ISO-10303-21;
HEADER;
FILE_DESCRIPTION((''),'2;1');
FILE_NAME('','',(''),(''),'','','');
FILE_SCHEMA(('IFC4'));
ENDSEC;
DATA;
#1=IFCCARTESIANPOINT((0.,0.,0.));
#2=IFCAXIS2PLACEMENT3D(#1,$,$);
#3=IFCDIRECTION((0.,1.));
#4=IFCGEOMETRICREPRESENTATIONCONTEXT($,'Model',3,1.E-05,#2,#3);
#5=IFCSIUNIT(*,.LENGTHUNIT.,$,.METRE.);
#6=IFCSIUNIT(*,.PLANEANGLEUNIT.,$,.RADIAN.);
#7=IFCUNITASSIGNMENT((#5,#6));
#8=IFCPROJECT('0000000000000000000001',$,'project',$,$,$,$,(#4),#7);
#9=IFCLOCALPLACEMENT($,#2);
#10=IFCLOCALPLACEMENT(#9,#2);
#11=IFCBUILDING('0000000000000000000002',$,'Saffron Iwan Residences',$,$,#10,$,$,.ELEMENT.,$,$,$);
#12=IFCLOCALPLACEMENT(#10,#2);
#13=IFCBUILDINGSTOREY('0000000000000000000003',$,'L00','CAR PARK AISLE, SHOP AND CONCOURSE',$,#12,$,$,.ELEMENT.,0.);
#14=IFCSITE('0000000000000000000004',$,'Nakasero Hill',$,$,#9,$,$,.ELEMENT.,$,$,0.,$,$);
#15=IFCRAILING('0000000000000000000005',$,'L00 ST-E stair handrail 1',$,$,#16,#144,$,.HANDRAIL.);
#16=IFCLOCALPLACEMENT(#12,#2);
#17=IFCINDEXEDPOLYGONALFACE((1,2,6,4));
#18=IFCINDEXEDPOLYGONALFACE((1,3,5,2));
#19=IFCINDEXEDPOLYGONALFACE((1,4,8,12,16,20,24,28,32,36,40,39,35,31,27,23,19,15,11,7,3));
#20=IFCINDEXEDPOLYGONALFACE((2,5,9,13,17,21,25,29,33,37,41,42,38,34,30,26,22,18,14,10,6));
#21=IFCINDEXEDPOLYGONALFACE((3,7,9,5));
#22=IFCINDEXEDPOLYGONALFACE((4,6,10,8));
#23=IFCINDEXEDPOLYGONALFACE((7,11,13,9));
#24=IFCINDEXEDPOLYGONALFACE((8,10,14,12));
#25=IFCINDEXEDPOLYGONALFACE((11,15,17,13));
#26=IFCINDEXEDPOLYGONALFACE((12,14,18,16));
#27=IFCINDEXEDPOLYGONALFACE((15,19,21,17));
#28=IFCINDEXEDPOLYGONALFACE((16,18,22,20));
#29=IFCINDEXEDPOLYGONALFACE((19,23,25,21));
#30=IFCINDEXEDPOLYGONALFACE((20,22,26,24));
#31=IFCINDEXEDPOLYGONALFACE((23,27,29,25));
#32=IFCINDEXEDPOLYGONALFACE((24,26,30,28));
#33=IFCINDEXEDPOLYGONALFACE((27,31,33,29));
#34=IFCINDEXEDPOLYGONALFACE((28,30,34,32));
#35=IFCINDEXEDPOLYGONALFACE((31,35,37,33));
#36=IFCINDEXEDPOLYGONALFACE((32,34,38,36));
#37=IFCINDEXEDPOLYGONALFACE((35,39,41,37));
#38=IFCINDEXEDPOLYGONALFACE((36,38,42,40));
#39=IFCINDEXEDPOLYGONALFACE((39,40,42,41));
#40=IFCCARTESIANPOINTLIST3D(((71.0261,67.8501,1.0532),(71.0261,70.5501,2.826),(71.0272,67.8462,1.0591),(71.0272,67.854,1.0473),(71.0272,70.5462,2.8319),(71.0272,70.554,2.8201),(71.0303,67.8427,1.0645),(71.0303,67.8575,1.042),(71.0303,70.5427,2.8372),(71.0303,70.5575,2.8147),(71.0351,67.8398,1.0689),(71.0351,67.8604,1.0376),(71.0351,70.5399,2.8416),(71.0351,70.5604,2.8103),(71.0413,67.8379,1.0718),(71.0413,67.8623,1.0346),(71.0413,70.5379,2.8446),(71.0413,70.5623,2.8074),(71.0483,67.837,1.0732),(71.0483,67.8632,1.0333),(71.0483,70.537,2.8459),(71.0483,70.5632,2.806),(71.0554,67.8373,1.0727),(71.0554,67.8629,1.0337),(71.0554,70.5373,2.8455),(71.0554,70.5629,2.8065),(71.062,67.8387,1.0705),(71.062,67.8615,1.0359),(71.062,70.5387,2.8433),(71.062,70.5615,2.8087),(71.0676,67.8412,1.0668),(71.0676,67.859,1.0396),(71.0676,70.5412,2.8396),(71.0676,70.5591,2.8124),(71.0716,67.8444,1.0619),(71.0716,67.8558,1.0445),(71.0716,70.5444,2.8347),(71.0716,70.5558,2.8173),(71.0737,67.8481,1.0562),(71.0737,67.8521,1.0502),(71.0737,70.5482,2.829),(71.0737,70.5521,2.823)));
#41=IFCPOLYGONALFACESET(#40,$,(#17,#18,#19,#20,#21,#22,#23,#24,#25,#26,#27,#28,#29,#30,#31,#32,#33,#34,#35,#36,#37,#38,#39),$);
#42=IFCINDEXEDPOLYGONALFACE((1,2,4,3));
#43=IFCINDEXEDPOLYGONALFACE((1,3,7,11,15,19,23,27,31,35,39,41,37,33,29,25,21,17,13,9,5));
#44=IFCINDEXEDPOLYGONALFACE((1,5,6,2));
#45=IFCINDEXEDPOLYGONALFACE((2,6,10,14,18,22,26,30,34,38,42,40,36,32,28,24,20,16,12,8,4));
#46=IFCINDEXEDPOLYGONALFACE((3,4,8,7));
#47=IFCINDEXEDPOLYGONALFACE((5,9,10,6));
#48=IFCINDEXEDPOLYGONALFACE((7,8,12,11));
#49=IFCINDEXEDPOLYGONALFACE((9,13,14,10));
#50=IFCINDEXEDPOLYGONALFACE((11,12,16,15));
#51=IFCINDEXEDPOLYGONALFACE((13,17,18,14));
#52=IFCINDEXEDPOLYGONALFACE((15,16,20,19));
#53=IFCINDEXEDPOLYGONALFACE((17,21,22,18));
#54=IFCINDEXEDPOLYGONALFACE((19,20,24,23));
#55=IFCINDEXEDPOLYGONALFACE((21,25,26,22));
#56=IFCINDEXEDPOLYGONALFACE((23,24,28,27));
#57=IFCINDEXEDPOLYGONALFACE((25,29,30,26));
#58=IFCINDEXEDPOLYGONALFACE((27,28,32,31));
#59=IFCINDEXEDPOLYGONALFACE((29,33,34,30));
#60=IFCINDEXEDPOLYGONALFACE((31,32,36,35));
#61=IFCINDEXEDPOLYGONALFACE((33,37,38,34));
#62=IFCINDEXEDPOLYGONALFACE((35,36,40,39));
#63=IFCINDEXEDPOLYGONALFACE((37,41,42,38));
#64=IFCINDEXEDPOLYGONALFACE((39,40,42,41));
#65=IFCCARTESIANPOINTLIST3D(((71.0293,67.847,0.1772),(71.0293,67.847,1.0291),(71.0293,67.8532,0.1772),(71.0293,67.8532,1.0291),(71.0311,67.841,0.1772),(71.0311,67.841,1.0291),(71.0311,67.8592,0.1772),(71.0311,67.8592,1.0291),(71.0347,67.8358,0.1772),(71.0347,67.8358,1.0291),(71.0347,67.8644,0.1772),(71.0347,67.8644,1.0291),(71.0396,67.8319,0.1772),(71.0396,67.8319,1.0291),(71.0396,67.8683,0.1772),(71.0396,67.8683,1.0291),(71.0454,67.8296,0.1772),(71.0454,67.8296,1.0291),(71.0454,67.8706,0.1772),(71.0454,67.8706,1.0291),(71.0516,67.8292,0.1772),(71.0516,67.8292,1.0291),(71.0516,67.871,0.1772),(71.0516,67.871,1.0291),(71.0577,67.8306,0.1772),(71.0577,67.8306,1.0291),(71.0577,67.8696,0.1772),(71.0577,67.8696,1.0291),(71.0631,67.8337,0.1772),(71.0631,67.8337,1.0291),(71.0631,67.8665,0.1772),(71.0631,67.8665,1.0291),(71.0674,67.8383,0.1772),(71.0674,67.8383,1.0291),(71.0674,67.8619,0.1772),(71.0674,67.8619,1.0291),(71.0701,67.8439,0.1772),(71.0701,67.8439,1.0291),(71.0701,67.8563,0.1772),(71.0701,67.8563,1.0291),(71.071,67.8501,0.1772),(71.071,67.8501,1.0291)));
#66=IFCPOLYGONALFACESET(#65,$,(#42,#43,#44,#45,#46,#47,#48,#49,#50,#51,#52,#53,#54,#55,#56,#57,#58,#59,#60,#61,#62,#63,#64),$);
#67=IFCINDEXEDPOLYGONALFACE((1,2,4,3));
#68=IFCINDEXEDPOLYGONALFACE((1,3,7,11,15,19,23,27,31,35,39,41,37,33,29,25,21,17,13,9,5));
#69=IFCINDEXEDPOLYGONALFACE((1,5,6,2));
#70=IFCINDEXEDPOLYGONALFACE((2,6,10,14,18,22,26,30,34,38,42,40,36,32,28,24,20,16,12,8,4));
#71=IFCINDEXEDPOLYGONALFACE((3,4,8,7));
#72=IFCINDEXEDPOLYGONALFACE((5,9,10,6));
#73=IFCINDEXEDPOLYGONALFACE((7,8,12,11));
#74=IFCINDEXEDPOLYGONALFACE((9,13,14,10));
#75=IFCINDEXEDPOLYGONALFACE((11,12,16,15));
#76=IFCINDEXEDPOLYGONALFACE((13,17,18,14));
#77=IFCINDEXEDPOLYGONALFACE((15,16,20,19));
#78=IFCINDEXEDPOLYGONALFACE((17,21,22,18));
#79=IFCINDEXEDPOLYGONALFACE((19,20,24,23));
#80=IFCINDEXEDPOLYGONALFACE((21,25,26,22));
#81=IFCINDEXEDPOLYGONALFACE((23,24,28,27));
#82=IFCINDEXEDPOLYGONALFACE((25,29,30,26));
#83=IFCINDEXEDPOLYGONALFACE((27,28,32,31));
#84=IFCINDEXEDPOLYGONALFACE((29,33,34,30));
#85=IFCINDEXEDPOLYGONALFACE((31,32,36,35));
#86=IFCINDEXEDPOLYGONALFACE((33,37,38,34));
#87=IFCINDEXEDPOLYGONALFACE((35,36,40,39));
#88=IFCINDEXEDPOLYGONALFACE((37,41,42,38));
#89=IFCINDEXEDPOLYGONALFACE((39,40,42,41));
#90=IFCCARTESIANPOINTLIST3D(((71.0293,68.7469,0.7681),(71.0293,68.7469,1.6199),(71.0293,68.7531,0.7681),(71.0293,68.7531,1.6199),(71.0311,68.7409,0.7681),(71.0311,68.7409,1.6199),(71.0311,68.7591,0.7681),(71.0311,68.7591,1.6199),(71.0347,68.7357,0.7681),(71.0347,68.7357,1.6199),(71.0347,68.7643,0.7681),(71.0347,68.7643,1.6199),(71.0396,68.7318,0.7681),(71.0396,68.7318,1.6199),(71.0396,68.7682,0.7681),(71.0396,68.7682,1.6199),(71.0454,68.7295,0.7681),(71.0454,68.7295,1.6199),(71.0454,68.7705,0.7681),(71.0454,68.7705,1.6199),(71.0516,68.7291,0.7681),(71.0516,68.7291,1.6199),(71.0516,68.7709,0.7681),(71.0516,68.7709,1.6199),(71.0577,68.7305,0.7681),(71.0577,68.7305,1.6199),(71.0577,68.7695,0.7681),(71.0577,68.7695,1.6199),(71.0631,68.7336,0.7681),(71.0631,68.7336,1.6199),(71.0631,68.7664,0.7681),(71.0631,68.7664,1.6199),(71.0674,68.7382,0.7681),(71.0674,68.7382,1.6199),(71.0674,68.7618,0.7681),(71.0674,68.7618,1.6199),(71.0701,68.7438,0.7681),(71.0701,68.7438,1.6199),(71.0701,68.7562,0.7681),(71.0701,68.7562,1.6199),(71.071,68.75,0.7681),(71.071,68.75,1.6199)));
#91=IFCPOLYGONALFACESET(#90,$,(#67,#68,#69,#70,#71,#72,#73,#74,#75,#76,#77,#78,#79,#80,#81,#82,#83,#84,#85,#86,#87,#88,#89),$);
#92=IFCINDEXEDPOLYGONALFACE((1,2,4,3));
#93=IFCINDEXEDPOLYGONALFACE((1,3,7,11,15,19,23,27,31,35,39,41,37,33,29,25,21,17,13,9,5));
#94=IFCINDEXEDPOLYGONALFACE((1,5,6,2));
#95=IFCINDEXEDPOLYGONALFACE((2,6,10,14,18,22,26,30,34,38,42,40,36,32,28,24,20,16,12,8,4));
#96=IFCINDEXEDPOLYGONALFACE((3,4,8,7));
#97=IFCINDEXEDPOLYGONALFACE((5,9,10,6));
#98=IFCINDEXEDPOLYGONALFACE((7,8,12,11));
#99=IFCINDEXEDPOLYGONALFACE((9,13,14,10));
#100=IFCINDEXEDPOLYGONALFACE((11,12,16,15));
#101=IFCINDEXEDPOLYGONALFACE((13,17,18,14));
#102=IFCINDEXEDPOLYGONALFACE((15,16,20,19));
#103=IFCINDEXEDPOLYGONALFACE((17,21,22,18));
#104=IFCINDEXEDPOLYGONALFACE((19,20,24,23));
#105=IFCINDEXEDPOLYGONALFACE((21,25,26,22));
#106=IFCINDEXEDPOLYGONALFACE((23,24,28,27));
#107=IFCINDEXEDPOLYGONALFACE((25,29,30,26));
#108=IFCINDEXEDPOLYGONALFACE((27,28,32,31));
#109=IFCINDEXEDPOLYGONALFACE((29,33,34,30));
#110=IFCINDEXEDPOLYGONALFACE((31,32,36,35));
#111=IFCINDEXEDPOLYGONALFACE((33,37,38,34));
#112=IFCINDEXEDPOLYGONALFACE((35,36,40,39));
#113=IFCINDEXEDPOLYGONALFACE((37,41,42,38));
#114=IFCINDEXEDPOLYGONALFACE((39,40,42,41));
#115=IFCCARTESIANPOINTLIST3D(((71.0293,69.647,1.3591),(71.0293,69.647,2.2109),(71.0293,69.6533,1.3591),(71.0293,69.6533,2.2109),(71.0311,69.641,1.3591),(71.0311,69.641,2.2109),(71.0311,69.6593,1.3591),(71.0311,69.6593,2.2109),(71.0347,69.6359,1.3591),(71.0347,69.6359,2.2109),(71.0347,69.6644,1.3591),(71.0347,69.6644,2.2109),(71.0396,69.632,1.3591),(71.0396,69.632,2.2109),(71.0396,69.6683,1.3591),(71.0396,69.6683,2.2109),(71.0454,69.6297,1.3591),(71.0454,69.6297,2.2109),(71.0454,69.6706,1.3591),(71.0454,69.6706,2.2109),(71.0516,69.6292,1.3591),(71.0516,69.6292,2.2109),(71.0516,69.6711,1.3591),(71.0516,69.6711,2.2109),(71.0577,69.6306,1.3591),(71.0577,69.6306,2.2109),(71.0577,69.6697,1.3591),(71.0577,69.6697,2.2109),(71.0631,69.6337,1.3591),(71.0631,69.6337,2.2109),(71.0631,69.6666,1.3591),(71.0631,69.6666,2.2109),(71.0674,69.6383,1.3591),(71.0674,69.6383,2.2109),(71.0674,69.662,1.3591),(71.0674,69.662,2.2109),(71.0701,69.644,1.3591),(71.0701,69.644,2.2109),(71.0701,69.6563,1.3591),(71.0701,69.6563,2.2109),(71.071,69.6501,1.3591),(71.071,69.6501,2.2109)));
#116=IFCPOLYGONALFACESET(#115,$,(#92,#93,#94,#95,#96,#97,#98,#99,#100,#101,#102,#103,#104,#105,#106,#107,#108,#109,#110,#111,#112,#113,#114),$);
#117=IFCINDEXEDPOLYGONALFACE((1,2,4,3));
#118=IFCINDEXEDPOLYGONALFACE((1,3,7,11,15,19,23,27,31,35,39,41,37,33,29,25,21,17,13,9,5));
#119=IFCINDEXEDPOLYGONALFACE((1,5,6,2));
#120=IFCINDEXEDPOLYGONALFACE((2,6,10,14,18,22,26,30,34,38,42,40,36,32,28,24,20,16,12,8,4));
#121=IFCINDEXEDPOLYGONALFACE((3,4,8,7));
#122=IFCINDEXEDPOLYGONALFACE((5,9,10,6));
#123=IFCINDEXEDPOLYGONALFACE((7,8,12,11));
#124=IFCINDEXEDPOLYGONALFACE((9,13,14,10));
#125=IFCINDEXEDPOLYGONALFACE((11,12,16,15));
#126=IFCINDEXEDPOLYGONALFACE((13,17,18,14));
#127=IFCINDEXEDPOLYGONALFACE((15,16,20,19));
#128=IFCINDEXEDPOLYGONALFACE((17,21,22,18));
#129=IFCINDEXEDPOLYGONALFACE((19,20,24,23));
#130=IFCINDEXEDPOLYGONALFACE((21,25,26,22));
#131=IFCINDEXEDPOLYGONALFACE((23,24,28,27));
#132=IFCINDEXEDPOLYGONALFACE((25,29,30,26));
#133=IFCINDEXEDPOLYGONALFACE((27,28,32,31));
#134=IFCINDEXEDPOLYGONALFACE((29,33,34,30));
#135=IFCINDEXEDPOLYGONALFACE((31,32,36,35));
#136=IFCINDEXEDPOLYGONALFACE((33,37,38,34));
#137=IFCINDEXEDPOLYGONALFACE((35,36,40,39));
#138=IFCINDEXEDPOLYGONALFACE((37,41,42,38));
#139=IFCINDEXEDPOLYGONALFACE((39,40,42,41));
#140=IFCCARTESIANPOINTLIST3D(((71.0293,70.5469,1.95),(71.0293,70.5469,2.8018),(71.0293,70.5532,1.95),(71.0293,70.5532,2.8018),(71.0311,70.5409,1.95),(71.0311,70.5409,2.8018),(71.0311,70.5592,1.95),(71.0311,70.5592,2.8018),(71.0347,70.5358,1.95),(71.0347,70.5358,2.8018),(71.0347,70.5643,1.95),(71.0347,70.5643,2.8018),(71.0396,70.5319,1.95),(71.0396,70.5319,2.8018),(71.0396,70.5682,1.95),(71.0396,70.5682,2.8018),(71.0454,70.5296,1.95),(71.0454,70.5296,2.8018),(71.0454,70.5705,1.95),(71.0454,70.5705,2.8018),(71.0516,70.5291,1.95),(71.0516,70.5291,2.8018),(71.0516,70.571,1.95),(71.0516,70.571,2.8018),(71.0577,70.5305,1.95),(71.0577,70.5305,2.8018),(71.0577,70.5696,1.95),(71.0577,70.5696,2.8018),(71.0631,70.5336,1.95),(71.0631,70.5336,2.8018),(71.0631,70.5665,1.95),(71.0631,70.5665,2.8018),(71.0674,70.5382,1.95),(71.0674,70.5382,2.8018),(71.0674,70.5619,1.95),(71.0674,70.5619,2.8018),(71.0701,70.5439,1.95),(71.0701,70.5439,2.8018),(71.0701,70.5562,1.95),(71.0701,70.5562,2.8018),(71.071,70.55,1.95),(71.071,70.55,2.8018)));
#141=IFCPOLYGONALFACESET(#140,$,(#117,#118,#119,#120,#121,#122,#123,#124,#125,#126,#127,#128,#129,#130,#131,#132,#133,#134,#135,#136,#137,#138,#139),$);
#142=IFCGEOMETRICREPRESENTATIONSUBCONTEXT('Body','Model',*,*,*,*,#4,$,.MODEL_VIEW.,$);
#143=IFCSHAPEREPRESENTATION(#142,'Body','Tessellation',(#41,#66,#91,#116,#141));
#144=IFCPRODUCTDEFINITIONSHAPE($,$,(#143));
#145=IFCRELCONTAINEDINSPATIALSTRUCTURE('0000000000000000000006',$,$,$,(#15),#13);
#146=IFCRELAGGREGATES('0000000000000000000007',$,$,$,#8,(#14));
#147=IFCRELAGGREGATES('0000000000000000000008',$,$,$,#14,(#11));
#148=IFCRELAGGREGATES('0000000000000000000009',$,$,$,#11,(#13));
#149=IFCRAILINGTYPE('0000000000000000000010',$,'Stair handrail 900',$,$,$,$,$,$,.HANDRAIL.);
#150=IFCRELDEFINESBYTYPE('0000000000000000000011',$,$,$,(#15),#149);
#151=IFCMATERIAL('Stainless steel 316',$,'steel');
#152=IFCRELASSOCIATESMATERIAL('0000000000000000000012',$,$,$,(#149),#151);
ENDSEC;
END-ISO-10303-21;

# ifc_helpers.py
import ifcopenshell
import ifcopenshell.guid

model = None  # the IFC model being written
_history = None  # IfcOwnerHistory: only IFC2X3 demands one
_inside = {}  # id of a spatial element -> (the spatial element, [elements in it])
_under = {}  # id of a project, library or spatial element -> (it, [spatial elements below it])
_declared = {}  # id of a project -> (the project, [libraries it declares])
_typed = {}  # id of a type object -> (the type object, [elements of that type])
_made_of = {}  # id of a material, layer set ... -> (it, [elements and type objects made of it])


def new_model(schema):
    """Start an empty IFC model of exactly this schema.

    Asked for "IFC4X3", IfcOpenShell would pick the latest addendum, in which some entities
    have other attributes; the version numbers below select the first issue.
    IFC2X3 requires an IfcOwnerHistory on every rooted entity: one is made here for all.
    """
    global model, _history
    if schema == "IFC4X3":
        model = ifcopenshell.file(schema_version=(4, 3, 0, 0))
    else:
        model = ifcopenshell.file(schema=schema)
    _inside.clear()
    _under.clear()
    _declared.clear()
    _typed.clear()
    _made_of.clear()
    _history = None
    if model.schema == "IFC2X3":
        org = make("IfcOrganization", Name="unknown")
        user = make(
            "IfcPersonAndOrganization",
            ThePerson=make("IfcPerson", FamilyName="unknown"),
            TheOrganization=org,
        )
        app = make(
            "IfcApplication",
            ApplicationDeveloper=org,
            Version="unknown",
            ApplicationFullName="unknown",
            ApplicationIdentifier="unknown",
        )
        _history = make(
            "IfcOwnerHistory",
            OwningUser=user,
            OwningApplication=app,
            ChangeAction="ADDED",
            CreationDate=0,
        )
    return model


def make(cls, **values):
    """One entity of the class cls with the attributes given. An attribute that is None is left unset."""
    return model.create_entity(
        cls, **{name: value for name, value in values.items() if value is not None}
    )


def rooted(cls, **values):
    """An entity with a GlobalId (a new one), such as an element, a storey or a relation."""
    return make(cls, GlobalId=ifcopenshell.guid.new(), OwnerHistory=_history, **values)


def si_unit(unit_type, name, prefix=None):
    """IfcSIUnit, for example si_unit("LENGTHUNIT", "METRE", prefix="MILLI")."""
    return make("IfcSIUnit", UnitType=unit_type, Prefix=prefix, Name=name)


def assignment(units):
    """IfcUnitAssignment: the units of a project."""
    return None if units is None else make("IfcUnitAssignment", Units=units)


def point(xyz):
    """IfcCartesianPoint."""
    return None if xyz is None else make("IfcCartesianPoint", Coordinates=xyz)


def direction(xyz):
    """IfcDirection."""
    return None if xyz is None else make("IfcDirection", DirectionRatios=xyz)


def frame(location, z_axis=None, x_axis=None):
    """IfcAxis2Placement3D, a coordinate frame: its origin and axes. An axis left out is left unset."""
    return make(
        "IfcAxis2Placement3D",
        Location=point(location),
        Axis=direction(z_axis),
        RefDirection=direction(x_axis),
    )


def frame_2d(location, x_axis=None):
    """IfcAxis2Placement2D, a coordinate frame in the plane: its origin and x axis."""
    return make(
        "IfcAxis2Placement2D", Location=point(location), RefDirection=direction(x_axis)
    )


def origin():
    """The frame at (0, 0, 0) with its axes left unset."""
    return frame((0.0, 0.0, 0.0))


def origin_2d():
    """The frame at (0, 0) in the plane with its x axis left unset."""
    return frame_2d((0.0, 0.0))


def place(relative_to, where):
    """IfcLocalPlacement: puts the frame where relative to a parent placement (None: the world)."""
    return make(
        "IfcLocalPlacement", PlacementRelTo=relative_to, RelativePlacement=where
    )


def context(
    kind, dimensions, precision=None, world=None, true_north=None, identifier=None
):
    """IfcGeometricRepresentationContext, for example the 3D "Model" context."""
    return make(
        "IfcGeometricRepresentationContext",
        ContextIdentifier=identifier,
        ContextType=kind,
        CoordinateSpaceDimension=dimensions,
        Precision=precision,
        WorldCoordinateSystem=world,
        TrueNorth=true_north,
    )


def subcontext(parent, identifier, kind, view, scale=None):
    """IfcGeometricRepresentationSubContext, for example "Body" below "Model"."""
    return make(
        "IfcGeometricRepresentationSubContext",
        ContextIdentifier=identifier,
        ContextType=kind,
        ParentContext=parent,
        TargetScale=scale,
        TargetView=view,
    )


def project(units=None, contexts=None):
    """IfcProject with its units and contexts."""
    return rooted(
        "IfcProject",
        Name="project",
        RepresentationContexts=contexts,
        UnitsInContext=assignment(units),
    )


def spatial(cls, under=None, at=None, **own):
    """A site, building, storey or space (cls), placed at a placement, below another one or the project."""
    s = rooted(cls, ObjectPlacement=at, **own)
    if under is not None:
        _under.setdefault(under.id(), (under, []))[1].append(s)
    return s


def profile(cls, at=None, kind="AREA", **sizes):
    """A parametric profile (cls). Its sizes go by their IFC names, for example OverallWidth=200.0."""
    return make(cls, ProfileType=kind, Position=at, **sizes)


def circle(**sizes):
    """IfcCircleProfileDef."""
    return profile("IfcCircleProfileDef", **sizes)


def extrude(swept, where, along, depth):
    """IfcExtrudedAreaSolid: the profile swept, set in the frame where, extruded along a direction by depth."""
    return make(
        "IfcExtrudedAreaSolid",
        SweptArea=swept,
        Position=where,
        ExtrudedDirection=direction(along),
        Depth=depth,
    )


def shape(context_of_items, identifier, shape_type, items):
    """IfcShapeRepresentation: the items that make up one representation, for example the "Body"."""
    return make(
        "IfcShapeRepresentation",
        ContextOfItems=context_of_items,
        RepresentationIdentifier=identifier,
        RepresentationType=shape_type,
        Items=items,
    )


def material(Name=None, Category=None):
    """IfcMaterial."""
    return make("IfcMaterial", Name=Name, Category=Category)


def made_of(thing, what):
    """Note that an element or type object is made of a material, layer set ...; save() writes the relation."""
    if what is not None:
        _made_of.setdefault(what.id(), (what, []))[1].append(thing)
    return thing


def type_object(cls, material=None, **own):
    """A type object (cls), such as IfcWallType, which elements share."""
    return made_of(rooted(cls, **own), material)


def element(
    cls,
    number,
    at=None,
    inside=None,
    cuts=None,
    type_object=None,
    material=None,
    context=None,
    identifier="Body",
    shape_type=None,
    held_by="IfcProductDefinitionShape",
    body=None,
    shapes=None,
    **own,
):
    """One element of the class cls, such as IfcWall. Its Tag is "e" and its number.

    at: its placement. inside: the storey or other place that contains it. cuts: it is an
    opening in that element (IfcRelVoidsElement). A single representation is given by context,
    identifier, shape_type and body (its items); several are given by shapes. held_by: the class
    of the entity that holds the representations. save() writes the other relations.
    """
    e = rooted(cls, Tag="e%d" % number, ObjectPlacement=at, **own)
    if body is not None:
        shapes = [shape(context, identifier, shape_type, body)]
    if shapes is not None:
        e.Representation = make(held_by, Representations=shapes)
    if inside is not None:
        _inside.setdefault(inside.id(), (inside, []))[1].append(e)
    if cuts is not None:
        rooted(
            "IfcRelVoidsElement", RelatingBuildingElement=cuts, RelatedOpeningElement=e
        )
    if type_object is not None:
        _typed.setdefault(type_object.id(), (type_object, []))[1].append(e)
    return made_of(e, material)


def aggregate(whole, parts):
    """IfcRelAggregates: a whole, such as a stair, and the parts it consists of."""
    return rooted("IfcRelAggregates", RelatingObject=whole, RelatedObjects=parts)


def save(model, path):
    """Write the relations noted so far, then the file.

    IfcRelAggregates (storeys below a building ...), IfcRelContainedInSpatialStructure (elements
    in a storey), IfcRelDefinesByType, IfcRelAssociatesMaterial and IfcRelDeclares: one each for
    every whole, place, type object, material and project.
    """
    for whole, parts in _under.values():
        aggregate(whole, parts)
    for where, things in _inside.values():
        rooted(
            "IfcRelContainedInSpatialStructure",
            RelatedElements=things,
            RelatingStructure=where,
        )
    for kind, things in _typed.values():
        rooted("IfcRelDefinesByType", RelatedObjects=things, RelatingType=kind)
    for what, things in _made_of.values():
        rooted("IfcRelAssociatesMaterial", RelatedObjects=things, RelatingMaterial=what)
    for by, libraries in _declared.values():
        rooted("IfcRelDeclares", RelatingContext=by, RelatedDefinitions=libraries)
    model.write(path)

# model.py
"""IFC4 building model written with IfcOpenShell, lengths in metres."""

from ifc_helpers import new_model, si_unit, direction, frame, origin, origin_2d, place, context, subcontext, project, spatial, circle, extrude, material, type_object, element, save


model = new_model("IFC4")

# Units and contexts
model_context = context("Model", 3, precision=1e-05, world=origin(), true_north=direction((0.0, 1.0)))
body_context = subcontext(model_context, "Body", "Model", "MODEL_VIEW")
ifc_project = project(units=[si_unit("LENGTHUNIT", "METRE"), si_unit("PLANEANGLEUNIT", "RADIAN")], contexts=[model_context])

# Site, building, storey
site_placement = place(None, origin())
site = spatial("IfcSite", under=ifc_project, at=site_placement, Name="Nakasero Hill", CompositionType="ELEMENT", RefElevation=0.0)
building_placement = place(site_placement, origin())
building = spatial("IfcBuilding", under=site, at=building_placement, Name="Saffron Iwan Residences", CompositionType="ELEMENT")
storey_placement = place(building_placement, origin())
storey = spatial("IfcBuildingStorey", under=building, at=storey_placement, Name="L00", Description="CAR PARK AISLE, SHOP AND CONCOURSE", CompositionType="ELEMENT", Elevation=0.0)

# Railing
ifc_material_1 = material(Name="Stainless steel 316", Category="steel")
railing_type_1 = type_object("IfcRailingType", Name="Stair handrail 900", PredefinedType="HANDRAIL", material=ifc_material_1)
for number, where, name in (
    (1, (71.05, 67.8501, 0.1772), "L00 ST-E stair handrail 1"),
):
    element("IfcRailing", number, at=place(storey_placement, frame(where)), inside=storey, type_object=railing_type_1, Name=name, PredefinedType="HANDRAIL", context=body_context, shape_type="SweptSolid", body=[
        extrude(circle(Radius=0.0239, at=origin_2d()), frame((0.0, 0.0, 0.876), z_axis=(0.0, 0.835925, 0.548843), x_axis=(-1.0, 0.0, 0.0)), (0.0, 0.0, 1.0), 3.23),
        extrude(circle(Radius=0.021, at=origin_2d()), origin(), (0.0, 0.0, 1.0), 0.8518),
        extrude(circle(Radius=0.021, at=origin_2d()), frame((0.0, 0.8999, 0.5908)), (0.0, 0.0, 1.0), 0.8518),
        extrude(circle(Radius=0.021, at=origin_2d()), frame((0.0, 1.8, 1.1819)), (0.0, 0.0, 1.0), 0.8518),
        extrude(circle(Radius=0.021, at=origin_2d()), frame((0.0, 2.7, 1.7727)), (0.0, 0.0, 1.0), 0.8518),
    ])

save(model, "model.ifc")
